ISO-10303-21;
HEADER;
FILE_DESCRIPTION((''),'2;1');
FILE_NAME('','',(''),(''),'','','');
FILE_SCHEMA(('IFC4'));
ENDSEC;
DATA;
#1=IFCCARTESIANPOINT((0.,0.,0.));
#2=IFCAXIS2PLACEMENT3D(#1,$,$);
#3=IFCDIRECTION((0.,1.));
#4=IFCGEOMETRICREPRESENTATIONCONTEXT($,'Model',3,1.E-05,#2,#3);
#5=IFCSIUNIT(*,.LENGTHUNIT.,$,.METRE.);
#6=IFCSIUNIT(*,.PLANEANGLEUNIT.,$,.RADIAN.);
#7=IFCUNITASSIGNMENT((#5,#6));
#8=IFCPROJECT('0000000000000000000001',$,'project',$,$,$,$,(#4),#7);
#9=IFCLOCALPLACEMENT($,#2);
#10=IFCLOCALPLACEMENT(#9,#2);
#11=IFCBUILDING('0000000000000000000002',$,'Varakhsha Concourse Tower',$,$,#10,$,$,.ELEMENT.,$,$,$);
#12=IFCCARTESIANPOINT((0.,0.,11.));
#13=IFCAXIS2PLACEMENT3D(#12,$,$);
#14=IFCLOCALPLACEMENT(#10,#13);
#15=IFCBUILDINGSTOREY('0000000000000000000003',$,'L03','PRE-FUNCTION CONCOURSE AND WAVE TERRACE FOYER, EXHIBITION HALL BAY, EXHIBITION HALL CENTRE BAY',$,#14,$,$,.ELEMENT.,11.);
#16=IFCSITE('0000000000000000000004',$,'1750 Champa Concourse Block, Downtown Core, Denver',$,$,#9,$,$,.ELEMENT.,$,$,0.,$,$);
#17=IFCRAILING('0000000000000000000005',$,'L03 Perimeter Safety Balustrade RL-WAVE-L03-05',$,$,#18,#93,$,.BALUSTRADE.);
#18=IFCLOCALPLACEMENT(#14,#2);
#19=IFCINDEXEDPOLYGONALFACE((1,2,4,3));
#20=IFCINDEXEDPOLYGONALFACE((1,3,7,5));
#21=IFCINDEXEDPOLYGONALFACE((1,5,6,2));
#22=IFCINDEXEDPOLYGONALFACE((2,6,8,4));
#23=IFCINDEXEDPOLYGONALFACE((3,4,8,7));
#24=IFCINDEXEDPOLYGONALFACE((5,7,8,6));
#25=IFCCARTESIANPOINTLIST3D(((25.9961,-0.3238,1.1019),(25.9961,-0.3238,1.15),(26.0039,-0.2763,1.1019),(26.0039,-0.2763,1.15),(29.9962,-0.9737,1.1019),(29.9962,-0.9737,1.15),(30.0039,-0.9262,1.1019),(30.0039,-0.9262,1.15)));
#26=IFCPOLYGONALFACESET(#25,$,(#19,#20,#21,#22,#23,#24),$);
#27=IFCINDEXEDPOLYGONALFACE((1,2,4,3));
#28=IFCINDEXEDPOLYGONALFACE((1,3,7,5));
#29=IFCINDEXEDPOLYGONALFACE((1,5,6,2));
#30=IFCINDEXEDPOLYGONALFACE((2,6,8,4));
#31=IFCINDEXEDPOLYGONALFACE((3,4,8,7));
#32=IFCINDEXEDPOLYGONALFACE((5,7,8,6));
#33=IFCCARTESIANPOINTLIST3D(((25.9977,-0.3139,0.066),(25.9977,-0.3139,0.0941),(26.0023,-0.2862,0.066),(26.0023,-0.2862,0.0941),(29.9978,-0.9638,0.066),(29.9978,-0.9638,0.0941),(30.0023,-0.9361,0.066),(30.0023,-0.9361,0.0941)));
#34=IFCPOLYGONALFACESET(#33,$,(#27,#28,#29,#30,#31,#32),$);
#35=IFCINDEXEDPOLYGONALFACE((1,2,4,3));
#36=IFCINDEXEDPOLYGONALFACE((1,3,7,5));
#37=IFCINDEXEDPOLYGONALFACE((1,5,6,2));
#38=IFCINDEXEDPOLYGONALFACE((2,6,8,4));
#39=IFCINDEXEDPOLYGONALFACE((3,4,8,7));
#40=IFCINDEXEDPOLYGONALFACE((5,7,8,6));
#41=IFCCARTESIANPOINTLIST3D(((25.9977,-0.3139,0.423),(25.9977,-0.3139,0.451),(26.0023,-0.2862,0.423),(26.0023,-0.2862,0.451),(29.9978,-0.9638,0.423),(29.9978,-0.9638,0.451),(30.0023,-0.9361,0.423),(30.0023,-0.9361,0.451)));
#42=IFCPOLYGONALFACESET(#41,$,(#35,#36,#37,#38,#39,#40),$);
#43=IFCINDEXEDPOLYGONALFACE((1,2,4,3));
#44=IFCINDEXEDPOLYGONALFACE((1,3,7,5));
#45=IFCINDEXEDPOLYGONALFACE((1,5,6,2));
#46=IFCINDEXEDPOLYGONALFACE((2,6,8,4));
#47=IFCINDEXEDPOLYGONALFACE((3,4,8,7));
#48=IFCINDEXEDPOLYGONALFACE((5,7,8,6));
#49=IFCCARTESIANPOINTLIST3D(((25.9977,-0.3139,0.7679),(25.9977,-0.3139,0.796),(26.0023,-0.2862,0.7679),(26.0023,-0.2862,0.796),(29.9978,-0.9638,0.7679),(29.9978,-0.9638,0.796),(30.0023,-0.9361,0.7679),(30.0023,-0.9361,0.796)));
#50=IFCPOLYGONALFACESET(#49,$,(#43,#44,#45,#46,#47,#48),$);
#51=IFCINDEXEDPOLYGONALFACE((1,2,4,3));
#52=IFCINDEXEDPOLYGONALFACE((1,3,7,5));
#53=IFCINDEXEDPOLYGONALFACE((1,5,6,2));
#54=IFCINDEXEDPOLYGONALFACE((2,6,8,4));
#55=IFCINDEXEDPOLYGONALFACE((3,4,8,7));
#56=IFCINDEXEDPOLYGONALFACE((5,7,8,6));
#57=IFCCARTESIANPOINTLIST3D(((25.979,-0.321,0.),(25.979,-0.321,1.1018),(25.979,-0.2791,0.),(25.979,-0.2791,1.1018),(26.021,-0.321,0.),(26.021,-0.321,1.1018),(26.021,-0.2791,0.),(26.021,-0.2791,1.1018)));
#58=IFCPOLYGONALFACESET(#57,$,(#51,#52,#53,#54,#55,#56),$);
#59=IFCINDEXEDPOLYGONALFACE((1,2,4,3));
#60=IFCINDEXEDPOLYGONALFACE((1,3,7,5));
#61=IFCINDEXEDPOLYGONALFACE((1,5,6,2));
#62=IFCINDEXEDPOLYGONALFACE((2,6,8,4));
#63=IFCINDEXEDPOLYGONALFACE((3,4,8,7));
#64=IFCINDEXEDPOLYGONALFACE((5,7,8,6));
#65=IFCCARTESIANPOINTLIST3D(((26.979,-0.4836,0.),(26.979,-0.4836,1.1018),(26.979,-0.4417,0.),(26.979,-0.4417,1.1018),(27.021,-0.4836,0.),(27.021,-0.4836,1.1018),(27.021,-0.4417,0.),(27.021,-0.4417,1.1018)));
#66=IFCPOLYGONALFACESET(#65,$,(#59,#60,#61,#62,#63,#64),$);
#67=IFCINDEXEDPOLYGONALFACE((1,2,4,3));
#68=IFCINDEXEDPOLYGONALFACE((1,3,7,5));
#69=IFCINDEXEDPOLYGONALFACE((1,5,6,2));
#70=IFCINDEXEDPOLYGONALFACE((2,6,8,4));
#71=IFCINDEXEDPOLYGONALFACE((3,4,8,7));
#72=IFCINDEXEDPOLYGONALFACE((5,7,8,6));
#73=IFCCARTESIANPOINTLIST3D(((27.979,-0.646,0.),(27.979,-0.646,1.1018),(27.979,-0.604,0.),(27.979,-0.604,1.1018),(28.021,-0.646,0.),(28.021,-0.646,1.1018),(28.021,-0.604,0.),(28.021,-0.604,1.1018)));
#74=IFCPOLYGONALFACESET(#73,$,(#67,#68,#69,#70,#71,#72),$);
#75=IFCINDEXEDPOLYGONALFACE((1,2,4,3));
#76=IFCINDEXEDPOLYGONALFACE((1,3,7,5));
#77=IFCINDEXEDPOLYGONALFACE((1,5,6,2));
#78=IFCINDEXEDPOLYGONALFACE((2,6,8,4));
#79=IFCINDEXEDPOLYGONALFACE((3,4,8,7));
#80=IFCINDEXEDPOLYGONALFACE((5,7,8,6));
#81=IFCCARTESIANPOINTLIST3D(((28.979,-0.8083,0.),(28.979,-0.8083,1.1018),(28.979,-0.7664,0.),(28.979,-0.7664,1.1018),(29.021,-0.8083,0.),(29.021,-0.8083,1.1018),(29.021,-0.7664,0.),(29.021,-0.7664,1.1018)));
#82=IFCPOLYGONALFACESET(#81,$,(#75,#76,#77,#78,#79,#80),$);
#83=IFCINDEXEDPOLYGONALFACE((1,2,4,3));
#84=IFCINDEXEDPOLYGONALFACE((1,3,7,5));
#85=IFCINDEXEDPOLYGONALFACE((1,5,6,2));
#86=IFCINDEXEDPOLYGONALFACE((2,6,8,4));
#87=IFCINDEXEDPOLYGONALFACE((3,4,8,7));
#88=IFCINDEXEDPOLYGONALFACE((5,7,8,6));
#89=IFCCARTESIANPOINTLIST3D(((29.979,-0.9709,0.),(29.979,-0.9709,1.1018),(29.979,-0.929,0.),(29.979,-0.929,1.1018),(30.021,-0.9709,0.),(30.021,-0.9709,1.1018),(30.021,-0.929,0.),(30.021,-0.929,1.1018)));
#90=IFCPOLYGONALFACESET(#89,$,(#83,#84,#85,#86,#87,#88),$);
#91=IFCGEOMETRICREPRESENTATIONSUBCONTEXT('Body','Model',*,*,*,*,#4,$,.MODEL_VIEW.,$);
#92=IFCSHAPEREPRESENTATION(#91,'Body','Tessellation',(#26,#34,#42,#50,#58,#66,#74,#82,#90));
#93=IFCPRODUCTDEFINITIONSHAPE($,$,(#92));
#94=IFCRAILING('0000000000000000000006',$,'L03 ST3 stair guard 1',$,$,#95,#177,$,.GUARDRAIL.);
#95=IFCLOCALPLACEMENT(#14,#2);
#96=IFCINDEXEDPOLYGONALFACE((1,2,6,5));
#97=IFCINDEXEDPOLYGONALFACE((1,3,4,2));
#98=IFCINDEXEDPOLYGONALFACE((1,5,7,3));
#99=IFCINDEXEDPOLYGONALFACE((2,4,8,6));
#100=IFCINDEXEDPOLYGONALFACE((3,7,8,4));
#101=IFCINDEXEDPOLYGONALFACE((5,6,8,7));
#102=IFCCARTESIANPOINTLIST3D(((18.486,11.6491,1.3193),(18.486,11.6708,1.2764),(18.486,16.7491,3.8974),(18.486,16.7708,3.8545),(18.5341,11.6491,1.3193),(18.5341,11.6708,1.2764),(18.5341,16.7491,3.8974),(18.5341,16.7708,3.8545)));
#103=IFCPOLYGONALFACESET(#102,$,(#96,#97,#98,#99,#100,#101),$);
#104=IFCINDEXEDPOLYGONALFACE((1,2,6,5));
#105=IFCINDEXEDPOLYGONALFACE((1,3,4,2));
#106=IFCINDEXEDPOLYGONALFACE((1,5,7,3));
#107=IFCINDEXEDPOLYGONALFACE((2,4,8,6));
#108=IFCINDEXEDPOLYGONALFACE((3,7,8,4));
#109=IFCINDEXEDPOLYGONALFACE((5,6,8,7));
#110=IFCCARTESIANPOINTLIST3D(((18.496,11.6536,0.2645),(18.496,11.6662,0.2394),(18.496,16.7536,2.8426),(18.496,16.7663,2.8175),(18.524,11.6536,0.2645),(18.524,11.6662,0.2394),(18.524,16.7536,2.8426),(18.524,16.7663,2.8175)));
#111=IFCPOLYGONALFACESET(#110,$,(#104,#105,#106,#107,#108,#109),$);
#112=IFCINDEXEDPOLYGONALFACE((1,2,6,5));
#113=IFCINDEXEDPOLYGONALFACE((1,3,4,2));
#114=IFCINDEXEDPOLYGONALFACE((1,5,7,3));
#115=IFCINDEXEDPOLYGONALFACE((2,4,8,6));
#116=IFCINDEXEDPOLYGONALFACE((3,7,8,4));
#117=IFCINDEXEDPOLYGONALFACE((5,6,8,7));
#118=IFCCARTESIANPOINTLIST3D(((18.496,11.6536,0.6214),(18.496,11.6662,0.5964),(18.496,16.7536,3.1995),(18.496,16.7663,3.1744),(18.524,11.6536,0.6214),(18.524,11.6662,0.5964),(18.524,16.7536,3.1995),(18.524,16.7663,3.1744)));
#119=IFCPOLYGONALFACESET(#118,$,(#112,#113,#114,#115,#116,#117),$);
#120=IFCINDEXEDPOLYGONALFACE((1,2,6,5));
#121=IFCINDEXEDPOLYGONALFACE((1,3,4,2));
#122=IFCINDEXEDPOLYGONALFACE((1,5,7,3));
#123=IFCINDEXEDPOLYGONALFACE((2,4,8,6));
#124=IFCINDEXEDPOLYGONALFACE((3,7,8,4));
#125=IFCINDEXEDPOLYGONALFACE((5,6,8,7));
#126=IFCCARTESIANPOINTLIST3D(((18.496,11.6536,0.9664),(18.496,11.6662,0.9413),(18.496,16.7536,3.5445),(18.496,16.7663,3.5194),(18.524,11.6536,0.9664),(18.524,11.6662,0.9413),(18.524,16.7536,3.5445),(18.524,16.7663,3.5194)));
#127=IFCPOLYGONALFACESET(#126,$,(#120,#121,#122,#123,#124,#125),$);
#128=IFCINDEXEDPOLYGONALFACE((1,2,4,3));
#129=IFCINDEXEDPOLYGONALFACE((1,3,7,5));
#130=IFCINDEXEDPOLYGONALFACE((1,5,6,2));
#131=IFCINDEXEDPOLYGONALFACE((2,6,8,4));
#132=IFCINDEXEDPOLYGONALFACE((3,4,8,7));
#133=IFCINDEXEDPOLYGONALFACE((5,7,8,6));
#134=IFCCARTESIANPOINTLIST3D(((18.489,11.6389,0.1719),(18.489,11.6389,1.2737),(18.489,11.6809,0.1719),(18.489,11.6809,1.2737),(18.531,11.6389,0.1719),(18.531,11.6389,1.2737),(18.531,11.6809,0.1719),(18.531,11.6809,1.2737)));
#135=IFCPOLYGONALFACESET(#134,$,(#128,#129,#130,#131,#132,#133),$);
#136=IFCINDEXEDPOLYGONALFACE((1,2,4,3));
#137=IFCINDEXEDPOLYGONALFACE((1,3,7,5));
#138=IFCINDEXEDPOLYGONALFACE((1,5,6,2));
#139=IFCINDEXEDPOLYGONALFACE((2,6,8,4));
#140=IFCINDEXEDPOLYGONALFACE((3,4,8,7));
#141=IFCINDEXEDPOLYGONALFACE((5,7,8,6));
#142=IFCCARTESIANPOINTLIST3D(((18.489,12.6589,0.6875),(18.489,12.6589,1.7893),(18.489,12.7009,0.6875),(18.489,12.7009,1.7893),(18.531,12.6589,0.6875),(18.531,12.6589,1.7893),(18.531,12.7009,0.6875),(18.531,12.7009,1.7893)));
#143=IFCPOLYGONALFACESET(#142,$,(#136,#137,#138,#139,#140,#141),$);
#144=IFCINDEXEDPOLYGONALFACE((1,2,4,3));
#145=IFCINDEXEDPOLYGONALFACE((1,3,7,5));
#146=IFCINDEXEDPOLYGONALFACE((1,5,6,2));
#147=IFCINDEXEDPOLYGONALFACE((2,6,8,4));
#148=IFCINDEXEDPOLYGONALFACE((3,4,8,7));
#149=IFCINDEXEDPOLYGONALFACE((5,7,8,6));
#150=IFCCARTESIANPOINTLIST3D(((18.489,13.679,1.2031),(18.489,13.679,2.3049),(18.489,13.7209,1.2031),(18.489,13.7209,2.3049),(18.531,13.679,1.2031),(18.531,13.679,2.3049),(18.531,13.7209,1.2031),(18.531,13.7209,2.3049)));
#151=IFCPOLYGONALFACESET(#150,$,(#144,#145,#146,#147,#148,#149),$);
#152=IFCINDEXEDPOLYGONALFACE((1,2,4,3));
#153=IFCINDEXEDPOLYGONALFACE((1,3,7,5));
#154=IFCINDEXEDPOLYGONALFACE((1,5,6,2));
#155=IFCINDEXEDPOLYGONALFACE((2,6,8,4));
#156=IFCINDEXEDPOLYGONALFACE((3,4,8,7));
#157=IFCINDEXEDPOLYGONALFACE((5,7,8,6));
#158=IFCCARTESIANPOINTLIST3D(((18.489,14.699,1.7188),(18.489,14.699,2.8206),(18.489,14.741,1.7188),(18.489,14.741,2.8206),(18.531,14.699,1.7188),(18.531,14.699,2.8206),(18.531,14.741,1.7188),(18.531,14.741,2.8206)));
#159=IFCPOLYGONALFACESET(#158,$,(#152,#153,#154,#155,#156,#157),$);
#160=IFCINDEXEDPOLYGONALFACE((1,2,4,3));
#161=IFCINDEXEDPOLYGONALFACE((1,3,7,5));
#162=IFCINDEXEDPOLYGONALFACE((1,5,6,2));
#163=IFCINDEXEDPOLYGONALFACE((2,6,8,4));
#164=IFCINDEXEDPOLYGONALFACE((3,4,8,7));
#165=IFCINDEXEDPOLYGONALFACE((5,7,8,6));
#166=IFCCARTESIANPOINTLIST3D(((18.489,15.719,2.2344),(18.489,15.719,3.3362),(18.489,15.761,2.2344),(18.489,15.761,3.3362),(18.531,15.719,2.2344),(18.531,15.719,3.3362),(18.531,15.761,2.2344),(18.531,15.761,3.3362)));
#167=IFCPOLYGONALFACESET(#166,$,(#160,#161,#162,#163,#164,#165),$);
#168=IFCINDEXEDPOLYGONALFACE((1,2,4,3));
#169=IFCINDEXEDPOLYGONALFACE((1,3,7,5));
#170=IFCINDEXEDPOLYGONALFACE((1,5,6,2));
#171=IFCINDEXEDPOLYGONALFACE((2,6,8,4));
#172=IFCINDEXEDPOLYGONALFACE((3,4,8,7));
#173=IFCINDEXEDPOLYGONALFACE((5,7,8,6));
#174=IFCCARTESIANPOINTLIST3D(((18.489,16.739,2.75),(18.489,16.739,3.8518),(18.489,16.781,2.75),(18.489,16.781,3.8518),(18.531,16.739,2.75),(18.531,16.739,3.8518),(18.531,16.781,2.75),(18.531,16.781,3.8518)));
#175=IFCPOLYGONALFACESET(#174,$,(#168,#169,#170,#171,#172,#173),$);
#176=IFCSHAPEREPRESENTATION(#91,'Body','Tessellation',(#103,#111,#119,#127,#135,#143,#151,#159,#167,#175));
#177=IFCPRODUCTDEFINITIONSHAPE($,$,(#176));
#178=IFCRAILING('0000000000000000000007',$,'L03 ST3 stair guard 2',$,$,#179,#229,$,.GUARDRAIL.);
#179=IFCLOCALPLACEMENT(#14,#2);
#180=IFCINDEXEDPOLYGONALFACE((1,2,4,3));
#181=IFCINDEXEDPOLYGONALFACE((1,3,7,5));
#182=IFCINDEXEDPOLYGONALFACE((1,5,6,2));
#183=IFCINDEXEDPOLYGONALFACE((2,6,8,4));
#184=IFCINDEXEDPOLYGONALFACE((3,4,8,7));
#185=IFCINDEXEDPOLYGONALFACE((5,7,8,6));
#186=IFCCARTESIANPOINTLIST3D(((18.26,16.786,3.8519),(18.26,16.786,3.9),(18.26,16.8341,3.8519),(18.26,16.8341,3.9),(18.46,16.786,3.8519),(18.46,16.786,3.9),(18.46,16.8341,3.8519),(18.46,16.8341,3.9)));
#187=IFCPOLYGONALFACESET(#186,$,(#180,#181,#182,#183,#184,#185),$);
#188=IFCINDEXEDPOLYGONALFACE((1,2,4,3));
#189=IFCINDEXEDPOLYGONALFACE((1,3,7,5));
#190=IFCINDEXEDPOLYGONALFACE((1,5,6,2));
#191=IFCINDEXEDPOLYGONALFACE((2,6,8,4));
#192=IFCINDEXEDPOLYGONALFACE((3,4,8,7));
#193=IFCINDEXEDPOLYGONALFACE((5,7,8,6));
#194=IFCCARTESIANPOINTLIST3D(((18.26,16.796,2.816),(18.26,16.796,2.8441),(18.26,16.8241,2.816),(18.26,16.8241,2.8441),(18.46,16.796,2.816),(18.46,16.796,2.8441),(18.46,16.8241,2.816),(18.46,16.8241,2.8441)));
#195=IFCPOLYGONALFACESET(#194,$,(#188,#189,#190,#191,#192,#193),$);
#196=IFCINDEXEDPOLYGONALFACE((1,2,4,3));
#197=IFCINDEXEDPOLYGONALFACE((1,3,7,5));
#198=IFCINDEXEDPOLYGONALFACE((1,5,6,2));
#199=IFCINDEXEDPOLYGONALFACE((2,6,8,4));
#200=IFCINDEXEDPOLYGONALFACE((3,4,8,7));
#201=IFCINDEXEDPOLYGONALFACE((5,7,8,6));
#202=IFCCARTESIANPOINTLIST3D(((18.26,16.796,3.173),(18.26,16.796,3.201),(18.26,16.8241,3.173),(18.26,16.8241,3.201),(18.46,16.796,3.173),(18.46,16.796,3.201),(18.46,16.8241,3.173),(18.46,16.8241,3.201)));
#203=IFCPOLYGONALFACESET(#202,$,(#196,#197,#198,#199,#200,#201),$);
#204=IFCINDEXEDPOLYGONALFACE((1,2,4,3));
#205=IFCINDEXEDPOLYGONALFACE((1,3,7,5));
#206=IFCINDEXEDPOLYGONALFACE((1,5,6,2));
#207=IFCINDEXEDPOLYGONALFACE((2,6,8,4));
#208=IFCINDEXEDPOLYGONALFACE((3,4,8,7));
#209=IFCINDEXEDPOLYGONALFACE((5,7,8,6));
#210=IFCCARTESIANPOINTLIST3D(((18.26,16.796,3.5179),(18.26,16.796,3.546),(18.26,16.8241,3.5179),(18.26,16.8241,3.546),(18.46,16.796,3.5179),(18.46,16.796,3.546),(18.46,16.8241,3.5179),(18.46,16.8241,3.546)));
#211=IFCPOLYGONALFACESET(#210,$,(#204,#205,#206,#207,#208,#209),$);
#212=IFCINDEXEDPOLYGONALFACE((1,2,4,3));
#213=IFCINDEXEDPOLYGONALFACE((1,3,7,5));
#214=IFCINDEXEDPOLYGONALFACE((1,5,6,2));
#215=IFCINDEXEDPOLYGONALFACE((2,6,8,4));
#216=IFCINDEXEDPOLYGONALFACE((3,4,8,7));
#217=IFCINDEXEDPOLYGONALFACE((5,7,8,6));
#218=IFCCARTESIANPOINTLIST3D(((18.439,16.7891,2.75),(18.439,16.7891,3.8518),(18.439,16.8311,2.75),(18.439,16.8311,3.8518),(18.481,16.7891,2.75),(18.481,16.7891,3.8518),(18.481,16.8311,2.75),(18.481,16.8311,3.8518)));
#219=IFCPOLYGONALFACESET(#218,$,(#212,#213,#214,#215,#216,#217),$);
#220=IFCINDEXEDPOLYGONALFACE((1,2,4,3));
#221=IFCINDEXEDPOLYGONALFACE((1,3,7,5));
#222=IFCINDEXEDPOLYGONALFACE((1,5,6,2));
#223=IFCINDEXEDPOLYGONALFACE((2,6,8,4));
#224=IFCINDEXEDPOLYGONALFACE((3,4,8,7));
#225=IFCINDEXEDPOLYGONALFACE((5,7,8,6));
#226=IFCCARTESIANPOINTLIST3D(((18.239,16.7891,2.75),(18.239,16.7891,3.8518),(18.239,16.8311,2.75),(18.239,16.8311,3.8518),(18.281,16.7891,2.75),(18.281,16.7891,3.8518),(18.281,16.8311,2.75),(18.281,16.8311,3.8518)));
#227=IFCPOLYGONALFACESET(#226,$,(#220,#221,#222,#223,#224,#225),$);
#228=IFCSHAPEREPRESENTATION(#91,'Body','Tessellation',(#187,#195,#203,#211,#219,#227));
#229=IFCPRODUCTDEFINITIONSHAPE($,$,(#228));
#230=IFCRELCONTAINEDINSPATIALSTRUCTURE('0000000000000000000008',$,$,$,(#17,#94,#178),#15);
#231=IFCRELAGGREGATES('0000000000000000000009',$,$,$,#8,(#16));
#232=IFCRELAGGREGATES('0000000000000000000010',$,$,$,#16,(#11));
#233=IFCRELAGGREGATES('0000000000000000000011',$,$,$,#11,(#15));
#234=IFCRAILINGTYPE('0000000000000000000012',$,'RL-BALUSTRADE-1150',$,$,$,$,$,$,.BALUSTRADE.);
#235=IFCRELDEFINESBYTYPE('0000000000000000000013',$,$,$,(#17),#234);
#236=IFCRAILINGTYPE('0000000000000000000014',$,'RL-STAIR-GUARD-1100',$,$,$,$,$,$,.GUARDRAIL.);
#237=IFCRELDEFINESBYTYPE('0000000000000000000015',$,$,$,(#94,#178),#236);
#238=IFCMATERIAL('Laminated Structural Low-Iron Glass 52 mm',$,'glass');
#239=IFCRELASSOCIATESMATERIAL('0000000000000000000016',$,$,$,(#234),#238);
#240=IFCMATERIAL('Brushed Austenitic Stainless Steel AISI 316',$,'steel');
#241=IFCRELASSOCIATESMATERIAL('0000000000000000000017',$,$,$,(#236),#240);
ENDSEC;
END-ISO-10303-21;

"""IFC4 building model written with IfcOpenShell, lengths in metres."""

from ifc_helpers import new_model, si_unit, direction, frame, origin, origin_2d, place, context, subcontext, project, spatial, rectangle, extrude, material, type_object, element, save


model = new_model("IFC4")

# Units and contexts
model_context = context("Model", 3, precision=1e-05, world=origin(), true_north=direction((0.0, 1.0)))
body_context = subcontext(model_context, "Body", "Model", "MODEL_VIEW")
ifc_project = project(units=[si_unit("LENGTHUNIT", "METRE"), si_unit("PLANEANGLEUNIT", "RADIAN")], contexts=[model_context])

# Site, building, storey
site_placement = place(None, origin())
site = spatial("IfcSite", under=ifc_project, at=site_placement, Name="1750 Champa Concourse Block, Downtown Core, Denver", CompositionType="ELEMENT", RefElevation=0.0)
building_placement = place(site_placement, origin())
building = spatial("IfcBuilding", under=site, at=building_placement, Name="Varakhsha Concourse Tower", CompositionType="ELEMENT")
storey_placement = place(building_placement, frame((0.0, 0.0, 11.0)))
storey = spatial("IfcBuildingStorey", under=building, at=storey_placement, Name="L03", Description="PRE-FUNCTION CONCOURSE AND WAVE TERRACE FOYER, EXHIBITION HALL BAY, EXHIBITION HALL CENTRE BAY", CompositionType="ELEMENT", Elevation=11.0)

# Railings
ifc_material_1 = material(Name="Laminated Structural Low-Iron Glass 52 mm", Category="glass")
railing_type_1 = type_object("IfcRailingType", Name="RL-BALUSTRADE-1150", PredefinedType="BALUSTRADE", material=ifc_material_1)
railing_1_placement = place(storey_placement, frame((26.0, -0.3, 0.0)))
element("IfcRailing", 1, at=railing_1_placement, inside=storey, type_object=railing_type_1, Name="L03 Perimeter Safety Balustrade RL-WAVE-L03-05", PredefinedType="BALUSTRADE", context=body_context, shape_type="SweptSolid", body=[
    extrude(rectangle(XDim=0.0481, YDim=0.0481, at=origin_2d()), frame((0.0, 0.0, 1.126), z_axis=(0.987057, -0.160373, 0.0), x_axis=(0.160373, 0.987057, 0.0)), (0.0, 0.0, 1.0), 4.0525),
    extrude(rectangle(XDim=0.0281, YDim=0.0281, at=origin_2d()), frame((0.0, 0.0, 0.0801), z_axis=(0.987057, -0.160373, 0.0), x_axis=(0.160373, 0.987057, 0.0)), (0.0, 0.0, 1.0), 4.0525),
    extrude(rectangle(XDim=0.0281, YDim=0.0281, at=origin_2d()), frame((0.0, 0.0, 0.437), z_axis=(0.987057, -0.160373, 0.0), x_axis=(0.160373, 0.987057, 0.0)), (0.0, 0.0, 1.0), 4.0525),
    extrude(rectangle(XDim=0.0281, YDim=0.0281, at=origin_2d()), frame((0.0, 0.0, 0.782), z_axis=(0.987057, -0.160373, 0.0), x_axis=(0.160373, 0.987057, 0.0)), (0.0, 0.0, 1.0), 4.0525),
    extrude(rectangle(XDim=0.042, YDim=0.042, at=origin_2d()), origin(), (0.0, 0.0, 1.0), 1.1018),
    extrude(rectangle(XDim=0.042, YDim=0.042, at=origin_2d()), frame((1.0, -0.1626, 0.0)), (0.0, 0.0, 1.0), 1.1018),
    extrude(rectangle(XDim=0.042, YDim=0.042, at=origin_2d()), frame((2.0, -0.325, 0.0)), (0.0, 0.0, 1.0), 1.1018),
    extrude(rectangle(XDim=0.042, YDim=0.042, at=origin_2d()), frame((3.0, -0.4873, 0.0)), (0.0, 0.0, 1.0), 1.1018),
    extrude(rectangle(XDim=0.042, YDim=0.042, at=origin_2d()), frame((4.0, -0.6499, 0.0)), (0.0, 0.0, 1.0), 1.1018),
])
ifc_material_2 = material(Name="Brushed Austenitic Stainless Steel AISI 316", Category="steel")
railing_type_2 = type_object("IfcRailingType", Name="RL-STAIR-GUARD-1100", PredefinedType="GUARDRAIL", material=ifc_material_2)
railing_2_placement = place(storey_placement, frame((18.51, 11.6599, 0.1719)))
element("IfcRailing", 2, at=railing_2_placement, inside=storey, type_object=railing_type_2, Name="L03 ST3 stair guard 1", PredefinedType="GUARDRAIL", context=body_context, shape_type="SweptSolid", body=[
    extrude(rectangle(XDim=0.0481, YDim=0.0481, at=origin_2d()), frame((0.0, 0.0, 1.126), z_axis=(0.0, 0.892453, 0.45114), x_axis=(-1.0, 0.0, 0.0)), (0.0, 0.0, 1.0), 5.7146),
    extrude(rectangle(XDim=0.0281, YDim=0.0281, at=origin_2d()), frame((0.0, 0.0, 0.0801), z_axis=(0.0, 0.892453, 0.45114), x_axis=(-1.0, 0.0, 0.0)), (0.0, 0.0, 1.0), 5.7146),
    extrude(rectangle(XDim=0.0281, YDim=0.0281, at=origin_2d()), frame((0.0, 0.0, 0.437), z_axis=(0.0, 0.892453, 0.45114), x_axis=(-1.0, 0.0, 0.0)), (0.0, 0.0, 1.0), 5.7146),
    extrude(rectangle(XDim=0.0281, YDim=0.0281, at=origin_2d()), frame((0.0, 0.0, 0.782), z_axis=(0.0, 0.892453, 0.45114), x_axis=(-1.0, 0.0, 0.0)), (0.0, 0.0, 1.0), 5.7146),
    extrude(rectangle(XDim=0.042, YDim=0.042, at=origin_2d()), origin(), (0.0, 0.0, 1.0), 1.1018),
    extrude(rectangle(XDim=0.042, YDim=0.042, at=origin_2d()), frame((0.0, 1.02, 0.5156)), (0.0, 0.0, 1.0), 1.1018),
    extrude(rectangle(XDim=0.042, YDim=0.042, at=origin_2d()), frame((0.0, 2.04, 1.0312)), (0.0, 0.0, 1.0), 1.1018),
    extrude(rectangle(XDim=0.042, YDim=0.042, at=origin_2d()), frame((0.0, 3.0601, 1.5469)), (0.0, 0.0, 1.0), 1.1018),
    extrude(rectangle(XDim=0.042, YDim=0.042, at=origin_2d()), frame((0.0, 4.0801, 2.0625)), (0.0, 0.0, 1.0), 1.1018),
    extrude(rectangle(XDim=0.042, YDim=0.042, at=origin_2d()), frame((0.0, 5.1001, 2.5781)), (0.0, 0.0, 1.0), 1.1018),
])
railing_3_placement = place(storey_placement, frame((18.46, 16.8101, 2.75)))
element("IfcRailing", 3, at=railing_3_placement, inside=storey, type_object=railing_type_2, Name="L03 ST3 stair guard 2", PredefinedType="GUARDRAIL", context=body_context, shape_type="SweptSolid", body=[
    extrude(rectangle(XDim=0.0481, YDim=0.0481, at=origin_2d()), frame((0.0, 0.0, 1.126), z_axis=(-1.0, 0.0, 0.0), x_axis=(0.0, -1.0, 0.0)), (0.0, 0.0, 1.0), 0.2),
    extrude(rectangle(XDim=0.0281, YDim=0.0281, at=origin_2d()), frame((0.0, 0.0, 0.0801), z_axis=(-1.0, 0.0, 0.0), x_axis=(0.0, -1.0, 0.0)), (0.0, 0.0, 1.0), 0.2),
    extrude(rectangle(XDim=0.0281, YDim=0.0281, at=origin_2d()), frame((0.0, 0.0, 0.437), z_axis=(-1.0, 0.0, 0.0), x_axis=(0.0, -1.0, 0.0)), (0.0, 0.0, 1.0), 0.2),
    extrude(rectangle(XDim=0.0281, YDim=0.0281, at=origin_2d()), frame((0.0, 0.0, 0.782), z_axis=(-1.0, 0.0, 0.0), x_axis=(0.0, -1.0, 0.0)), (0.0, 0.0, 1.0), 0.2),
    extrude(rectangle(XDim=0.042, YDim=0.042, at=origin_2d()), origin(), (0.0, 0.0, 1.0), 1.1018),
    extrude(rectangle(XDim=0.042, YDim=0.042, at=origin_2d()), frame((-0.2, 0.0, 0.0)), (0.0, 0.0, 1.0), 1.1018),
])

save(model, "model.ifc")
